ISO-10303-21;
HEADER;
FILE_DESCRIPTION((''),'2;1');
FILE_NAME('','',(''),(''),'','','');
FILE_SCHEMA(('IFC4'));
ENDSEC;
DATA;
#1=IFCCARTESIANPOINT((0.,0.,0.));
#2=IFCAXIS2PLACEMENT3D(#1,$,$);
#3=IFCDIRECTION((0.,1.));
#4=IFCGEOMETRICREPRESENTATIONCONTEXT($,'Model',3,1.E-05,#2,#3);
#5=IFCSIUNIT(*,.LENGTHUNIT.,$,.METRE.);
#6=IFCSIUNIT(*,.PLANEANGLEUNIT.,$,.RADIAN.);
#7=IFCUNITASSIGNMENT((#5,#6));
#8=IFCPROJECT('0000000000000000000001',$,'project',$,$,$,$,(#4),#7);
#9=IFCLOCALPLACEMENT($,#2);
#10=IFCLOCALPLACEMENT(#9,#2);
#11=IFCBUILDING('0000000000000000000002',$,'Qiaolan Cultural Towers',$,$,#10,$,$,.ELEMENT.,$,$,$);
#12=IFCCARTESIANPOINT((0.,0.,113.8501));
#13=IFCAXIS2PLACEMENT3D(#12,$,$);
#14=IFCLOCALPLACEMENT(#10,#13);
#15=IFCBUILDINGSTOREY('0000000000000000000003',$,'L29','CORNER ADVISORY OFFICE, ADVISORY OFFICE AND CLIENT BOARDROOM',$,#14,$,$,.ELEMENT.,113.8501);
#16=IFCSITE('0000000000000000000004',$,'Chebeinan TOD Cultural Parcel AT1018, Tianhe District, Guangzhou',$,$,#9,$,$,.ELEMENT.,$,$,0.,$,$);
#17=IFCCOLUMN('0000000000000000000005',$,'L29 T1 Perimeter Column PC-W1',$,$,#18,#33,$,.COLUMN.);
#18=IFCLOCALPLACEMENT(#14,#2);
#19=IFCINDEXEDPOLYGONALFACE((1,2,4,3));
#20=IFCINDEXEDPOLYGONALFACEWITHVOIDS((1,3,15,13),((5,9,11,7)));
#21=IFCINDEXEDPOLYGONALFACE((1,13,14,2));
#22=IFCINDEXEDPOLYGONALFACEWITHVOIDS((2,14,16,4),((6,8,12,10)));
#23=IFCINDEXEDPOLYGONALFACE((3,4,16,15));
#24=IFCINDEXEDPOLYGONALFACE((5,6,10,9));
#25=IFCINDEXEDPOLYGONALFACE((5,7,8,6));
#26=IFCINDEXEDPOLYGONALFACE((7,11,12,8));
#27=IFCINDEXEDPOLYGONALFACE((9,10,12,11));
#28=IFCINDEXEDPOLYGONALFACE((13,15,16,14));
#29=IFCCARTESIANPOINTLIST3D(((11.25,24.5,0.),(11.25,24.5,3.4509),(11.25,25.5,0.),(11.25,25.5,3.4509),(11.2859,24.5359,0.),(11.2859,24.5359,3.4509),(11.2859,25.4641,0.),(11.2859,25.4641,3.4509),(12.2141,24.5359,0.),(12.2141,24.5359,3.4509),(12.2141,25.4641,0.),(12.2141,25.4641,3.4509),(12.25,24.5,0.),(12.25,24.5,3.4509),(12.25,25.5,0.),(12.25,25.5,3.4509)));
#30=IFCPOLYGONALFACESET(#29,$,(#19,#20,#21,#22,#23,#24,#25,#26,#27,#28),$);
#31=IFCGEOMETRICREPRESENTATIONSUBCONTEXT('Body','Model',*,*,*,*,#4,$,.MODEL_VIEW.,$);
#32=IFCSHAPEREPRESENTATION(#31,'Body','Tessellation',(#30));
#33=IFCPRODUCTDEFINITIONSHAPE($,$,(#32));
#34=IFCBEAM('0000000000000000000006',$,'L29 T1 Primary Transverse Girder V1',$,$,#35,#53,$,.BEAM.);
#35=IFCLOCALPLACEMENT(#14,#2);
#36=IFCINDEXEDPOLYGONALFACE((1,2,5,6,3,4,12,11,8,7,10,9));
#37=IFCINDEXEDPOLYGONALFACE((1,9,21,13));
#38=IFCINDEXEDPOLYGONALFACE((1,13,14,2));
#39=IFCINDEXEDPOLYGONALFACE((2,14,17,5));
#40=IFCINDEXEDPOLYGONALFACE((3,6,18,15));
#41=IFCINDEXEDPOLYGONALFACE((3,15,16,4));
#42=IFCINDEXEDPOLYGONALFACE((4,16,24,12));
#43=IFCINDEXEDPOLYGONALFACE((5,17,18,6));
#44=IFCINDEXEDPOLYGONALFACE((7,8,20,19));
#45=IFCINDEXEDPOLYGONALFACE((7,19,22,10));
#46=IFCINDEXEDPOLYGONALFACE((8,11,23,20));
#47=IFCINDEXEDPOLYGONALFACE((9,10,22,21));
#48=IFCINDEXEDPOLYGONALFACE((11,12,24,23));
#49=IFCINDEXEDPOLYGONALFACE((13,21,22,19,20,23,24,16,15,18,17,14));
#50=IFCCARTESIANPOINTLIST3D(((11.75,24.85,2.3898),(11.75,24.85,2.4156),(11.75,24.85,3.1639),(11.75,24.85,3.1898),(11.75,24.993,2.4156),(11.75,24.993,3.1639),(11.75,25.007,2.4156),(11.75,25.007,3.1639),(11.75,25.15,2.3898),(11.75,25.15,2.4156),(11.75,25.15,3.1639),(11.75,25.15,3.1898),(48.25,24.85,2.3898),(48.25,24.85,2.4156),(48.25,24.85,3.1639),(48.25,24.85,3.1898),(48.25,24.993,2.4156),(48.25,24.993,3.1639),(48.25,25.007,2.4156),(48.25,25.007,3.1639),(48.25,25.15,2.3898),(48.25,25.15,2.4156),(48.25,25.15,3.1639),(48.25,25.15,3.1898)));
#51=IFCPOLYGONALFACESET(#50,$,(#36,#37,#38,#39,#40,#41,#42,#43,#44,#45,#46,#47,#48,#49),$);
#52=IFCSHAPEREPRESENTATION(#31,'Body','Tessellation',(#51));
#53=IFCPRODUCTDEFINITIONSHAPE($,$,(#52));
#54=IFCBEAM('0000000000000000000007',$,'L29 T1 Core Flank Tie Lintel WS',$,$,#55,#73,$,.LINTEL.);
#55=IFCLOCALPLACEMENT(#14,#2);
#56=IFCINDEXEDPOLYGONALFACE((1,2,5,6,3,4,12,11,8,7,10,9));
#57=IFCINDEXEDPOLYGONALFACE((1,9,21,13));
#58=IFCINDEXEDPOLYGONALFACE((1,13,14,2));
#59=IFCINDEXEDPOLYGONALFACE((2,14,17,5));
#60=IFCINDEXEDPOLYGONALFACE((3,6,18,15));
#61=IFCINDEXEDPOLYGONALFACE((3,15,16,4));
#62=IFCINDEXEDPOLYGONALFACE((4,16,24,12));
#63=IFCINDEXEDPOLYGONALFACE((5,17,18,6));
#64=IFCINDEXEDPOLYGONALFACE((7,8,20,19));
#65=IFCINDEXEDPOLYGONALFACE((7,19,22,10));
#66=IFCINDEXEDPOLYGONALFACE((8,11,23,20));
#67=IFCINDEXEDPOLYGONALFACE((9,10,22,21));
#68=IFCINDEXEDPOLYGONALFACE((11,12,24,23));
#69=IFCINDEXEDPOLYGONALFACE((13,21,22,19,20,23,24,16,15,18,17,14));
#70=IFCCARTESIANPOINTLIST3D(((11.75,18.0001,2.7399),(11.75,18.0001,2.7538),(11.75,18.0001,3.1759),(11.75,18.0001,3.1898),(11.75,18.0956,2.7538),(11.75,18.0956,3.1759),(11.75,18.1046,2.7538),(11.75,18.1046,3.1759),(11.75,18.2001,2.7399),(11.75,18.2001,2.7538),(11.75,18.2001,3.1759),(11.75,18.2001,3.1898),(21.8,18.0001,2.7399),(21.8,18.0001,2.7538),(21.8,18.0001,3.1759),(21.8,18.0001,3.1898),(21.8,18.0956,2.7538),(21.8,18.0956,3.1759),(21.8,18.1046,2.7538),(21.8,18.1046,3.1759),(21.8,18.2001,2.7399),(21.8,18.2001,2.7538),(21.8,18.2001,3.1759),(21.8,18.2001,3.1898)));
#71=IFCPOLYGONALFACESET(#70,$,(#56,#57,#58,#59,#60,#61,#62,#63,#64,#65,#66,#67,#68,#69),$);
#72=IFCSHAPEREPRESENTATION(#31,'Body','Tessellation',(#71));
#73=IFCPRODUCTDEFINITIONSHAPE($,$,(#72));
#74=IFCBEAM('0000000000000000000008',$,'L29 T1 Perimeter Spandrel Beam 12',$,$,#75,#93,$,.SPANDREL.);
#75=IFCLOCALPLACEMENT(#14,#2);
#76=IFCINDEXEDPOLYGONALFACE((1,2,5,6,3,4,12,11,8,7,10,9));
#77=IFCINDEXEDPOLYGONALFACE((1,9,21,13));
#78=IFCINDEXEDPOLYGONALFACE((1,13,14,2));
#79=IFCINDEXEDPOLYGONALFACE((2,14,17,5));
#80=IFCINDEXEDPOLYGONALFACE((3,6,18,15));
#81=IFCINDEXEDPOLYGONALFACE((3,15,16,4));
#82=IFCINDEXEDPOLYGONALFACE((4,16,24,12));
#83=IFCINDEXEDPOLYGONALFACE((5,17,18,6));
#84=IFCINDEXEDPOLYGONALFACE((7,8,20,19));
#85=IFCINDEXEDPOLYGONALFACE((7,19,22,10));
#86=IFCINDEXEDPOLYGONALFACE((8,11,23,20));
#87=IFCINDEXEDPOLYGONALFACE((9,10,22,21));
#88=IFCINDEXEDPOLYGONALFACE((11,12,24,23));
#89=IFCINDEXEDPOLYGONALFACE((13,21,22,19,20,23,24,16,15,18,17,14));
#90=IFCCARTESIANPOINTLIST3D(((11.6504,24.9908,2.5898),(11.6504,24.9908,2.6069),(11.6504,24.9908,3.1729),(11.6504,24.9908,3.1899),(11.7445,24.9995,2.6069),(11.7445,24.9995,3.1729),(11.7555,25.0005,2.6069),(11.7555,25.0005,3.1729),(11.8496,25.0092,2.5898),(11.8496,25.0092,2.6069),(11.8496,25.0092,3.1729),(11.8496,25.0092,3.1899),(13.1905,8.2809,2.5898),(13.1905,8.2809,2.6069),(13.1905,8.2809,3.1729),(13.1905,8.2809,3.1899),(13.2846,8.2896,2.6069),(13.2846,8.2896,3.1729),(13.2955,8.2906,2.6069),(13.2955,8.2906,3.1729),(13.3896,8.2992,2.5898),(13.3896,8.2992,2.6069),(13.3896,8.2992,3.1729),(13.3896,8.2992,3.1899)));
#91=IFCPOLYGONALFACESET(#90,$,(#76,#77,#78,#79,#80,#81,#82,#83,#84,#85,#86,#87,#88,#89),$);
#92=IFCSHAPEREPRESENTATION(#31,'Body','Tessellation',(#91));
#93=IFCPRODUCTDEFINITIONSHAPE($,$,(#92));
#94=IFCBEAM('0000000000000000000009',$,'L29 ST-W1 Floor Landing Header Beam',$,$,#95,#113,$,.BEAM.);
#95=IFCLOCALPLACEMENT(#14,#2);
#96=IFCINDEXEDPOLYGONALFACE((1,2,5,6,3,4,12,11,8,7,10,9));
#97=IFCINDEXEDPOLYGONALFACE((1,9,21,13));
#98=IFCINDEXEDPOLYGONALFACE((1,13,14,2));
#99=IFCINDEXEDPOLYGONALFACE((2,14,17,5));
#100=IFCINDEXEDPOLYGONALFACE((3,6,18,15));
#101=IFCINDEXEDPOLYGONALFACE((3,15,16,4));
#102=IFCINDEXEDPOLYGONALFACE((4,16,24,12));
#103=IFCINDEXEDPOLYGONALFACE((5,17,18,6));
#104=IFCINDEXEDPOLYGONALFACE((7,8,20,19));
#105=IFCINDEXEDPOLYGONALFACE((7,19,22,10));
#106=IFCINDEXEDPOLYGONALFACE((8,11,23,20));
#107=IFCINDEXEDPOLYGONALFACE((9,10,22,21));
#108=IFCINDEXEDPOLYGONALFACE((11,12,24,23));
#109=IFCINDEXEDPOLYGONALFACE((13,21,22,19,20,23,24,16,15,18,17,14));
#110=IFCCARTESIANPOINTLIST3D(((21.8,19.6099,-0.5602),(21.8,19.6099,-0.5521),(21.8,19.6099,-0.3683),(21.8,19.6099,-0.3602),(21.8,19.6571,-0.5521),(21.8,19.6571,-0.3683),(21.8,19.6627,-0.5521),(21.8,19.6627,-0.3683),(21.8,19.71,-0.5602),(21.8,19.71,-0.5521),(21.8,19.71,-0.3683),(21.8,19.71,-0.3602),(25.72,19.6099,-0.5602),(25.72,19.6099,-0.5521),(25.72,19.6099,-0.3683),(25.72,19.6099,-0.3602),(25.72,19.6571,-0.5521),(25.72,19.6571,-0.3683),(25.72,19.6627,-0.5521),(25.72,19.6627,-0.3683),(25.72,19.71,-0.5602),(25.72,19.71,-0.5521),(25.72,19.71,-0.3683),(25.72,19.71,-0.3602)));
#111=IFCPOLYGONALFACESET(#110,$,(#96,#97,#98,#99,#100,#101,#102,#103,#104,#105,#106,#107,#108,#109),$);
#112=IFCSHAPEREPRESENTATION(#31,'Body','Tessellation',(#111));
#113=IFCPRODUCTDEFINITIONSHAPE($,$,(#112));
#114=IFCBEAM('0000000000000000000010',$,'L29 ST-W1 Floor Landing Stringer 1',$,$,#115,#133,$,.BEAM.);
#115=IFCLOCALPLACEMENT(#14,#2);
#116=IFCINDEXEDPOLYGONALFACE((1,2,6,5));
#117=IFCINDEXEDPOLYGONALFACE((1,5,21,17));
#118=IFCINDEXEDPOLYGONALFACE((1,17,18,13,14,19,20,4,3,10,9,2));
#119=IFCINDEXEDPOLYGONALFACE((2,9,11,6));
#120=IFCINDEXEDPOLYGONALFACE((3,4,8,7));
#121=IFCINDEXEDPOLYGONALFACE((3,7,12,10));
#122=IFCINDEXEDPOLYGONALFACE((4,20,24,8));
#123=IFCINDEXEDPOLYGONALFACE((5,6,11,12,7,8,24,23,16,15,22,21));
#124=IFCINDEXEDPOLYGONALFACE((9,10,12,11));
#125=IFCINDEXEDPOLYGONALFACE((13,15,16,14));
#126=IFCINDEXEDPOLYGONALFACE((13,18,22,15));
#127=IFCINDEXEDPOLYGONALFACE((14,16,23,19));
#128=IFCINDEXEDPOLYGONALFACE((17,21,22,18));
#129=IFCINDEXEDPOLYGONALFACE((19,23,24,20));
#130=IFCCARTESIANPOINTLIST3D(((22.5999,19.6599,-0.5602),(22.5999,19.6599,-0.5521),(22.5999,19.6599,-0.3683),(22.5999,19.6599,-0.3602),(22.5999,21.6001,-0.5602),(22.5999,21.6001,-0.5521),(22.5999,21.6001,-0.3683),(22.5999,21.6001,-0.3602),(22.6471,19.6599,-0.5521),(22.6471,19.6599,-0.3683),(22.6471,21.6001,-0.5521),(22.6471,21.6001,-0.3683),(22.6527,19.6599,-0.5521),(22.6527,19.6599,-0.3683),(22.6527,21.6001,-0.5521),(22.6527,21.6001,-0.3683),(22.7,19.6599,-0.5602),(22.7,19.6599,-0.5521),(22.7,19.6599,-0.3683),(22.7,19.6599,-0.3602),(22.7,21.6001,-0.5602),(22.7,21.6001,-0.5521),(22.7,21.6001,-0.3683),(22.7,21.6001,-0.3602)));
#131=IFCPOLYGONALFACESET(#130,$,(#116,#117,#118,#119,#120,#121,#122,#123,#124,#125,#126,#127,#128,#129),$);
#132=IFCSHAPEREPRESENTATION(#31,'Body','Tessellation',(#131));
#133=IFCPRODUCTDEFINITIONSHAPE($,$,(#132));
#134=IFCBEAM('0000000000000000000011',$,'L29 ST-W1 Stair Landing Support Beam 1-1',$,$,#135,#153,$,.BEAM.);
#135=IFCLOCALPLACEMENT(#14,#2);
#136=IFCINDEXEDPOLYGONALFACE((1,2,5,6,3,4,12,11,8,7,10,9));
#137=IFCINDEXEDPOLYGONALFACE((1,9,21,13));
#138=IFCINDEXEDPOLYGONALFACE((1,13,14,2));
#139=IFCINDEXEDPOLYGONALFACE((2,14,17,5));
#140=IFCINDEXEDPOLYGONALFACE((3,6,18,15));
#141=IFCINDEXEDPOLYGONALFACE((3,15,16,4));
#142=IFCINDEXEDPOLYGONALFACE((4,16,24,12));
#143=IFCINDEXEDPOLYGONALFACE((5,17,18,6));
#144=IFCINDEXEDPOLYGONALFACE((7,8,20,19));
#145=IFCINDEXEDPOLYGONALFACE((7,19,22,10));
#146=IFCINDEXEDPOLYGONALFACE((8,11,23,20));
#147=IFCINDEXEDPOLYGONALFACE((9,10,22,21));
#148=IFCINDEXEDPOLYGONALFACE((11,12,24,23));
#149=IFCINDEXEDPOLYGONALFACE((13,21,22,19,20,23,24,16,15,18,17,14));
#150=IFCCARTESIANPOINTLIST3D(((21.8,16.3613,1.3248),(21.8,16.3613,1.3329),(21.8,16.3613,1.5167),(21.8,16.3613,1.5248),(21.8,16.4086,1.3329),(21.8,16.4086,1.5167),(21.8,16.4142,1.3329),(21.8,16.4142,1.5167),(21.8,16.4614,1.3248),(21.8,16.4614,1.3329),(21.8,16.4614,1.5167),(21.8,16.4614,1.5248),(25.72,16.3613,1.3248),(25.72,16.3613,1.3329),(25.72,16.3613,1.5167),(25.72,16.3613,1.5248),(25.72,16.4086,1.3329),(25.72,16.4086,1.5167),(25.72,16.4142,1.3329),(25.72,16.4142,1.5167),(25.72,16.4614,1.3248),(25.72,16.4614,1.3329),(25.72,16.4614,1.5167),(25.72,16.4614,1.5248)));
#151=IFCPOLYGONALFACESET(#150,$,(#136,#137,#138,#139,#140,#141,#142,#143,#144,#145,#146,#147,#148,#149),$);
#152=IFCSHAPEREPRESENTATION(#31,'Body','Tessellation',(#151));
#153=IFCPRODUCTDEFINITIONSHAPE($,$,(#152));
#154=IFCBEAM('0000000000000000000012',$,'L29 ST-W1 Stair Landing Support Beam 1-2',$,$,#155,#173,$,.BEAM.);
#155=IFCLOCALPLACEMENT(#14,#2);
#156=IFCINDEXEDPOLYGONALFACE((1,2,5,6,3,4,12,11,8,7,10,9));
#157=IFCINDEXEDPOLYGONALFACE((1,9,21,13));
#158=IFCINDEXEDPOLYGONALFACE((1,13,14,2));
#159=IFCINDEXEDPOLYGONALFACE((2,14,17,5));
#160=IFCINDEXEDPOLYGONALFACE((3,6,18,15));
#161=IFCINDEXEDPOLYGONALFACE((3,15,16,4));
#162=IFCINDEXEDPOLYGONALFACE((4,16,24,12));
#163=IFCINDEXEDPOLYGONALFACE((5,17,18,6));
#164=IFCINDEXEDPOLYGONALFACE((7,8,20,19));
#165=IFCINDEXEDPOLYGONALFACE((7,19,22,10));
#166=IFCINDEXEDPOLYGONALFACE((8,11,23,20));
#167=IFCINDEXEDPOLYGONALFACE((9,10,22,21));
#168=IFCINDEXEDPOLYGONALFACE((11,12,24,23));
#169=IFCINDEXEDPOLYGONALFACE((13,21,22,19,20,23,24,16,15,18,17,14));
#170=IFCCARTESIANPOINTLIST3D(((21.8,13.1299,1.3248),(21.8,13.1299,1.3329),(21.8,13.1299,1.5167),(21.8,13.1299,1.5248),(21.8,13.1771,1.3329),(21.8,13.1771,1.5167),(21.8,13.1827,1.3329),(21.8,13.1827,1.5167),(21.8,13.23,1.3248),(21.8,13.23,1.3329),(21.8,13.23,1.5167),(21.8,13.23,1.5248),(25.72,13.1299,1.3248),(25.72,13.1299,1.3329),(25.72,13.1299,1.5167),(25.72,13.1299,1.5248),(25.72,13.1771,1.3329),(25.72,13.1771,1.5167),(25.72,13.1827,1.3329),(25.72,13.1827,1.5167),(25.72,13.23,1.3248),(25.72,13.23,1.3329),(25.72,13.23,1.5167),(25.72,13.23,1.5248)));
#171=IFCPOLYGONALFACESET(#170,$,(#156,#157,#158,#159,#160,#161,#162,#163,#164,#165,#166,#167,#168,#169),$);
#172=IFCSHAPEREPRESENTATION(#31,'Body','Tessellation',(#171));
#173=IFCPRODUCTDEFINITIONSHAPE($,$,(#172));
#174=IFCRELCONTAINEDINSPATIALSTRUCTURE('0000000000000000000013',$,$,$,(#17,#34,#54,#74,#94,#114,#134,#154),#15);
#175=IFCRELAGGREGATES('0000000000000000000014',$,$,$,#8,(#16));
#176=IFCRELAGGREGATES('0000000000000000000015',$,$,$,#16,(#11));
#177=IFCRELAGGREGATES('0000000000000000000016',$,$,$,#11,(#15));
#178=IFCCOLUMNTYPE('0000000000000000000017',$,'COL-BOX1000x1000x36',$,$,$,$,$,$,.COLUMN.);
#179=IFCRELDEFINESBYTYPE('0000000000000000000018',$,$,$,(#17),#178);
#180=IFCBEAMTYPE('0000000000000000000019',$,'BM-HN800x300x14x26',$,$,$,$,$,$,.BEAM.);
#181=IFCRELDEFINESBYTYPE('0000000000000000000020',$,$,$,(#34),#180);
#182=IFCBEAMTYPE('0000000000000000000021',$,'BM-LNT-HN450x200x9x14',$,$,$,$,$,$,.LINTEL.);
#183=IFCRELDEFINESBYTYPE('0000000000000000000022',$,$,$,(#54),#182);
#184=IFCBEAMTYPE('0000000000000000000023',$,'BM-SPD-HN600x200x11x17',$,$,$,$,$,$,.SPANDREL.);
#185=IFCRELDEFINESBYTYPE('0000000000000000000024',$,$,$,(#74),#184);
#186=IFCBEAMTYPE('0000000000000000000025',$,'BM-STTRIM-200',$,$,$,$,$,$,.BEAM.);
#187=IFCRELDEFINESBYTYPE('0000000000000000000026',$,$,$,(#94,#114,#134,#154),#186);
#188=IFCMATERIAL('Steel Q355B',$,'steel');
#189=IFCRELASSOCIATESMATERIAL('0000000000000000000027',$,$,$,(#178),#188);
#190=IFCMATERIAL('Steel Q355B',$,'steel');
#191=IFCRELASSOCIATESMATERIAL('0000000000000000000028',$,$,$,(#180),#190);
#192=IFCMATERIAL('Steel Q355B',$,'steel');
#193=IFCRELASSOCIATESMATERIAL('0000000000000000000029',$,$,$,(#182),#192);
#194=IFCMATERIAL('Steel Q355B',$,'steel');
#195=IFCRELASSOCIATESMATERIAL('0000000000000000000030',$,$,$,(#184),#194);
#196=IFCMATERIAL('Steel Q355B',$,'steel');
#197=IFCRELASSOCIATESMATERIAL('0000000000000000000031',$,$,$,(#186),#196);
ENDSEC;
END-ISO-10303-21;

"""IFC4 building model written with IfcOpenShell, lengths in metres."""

from ifc_helpers import new_model, si_unit, direction, frame, origin, origin_2d, place, context, subcontext, project, spatial, hollow_rectangle, i_section, extrude, material, material_profile, profile_set, type_object, element, save


model = new_model("IFC4")

# Units and contexts
model_context = context("Model", 3, precision=1e-05, world=origin(), true_north=direction((0.0, 1.0)))
body_context = subcontext(model_context, "Body", "Model", "MODEL_VIEW")
ifc_project = project(units=[si_unit("LENGTHUNIT", "METRE"), si_unit("PLANEANGLEUNIT", "RADIAN")], contexts=[model_context])

# Site, building, storey
site_placement = place(None, origin())
site = spatial("IfcSite", under=ifc_project, at=site_placement, Name="Chebeinan TOD Cultural Parcel AT1018, Tianhe District, Guangzhou", CompositionType="ELEMENT", RefElevation=0.0)
building_placement = place(site_placement, origin())
building = spatial("IfcBuilding", under=site, at=building_placement, Name="Qiaolan Cultural Towers", CompositionType="ELEMENT")
storey_placement = place(building_placement, frame((0.0, 0.0, 113.8501)))
storey = spatial("IfcBuildingStorey", under=building, at=storey_placement, Name="L29", Description="CORNER ADVISORY OFFICE, ADVISORY OFFICE AND CLIENT BOARDROOM", CompositionType="ELEMENT", Elevation=113.8501)

# Column
ifc_material_1 = material(Name="Steel Q355B", Category="steel")
ifc_material_profile_1 = material_profile(ifc_material_1, hollow_rectangle(XDim=1.0, YDim=1.0, WallThickness=0.0359, at=origin_2d()), Name="BOX1000x1000x36")
ifc_profile_set_1 = profile_set([ifc_material_profile_1], Name="Steel Q355B")
column_type = type_object("IfcColumnType", Name="COL-BOX1000x1000x36", PredefinedType="COLUMN", material=ifc_profile_set_1)
column_placement = place(storey_placement, frame((11.75, 25.0, 0.0), z_axis=(0.0, 0.0, 1.0), x_axis=(1.0, 0.0, 0.0)))
element("IfcColumn", 1, at=column_placement, inside=storey, type_object=column_type, Name="L29 T1 Perimeter Column PC-W1", PredefinedType="COLUMN", context=body_context, shape_type="SweptSolid", body=[
    extrude(hollow_rectangle(XDim=1.0, YDim=1.0, WallThickness=0.0359, at=origin_2d()), origin(), (0.0, 0.0, 1.0), 3.4509),
])

# Beams
ifc_material_2 = material(Name="Steel Q355B", Category="steel")
ifc_material_profile_2 = material_profile(ifc_material_2, i_section(OverallWidth=0.3, OverallDepth=0.8, WebThickness=0.0139, FlangeThickness=0.0259, at=origin_2d()), Name="HN800x300x14x26")
ifc_profile_set_2 = profile_set([ifc_material_profile_2], Name="Steel Q355B")
beam_type_1 = type_object("IfcBeamType", Name="BM-HN800x300x14x26", PredefinedType="BEAM", material=ifc_profile_set_2)
beam_1_placement = place(storey_placement, frame((11.75, 25.0, 2.7898), z_axis=(1.0, 0.0, 0.0), x_axis=(0.0, 1.0, 0.0)))
element("IfcBeam", 2, at=beam_1_placement, inside=storey, type_object=beam_type_1, Name="L29 T1 Primary Transverse Girder V1", PredefinedType="BEAM", context=body_context, shape_type="SweptSolid", body=[
    extrude(i_section(OverallWidth=0.3, OverallDepth=0.8, WebThickness=0.0139, FlangeThickness=0.0259, at=origin_2d()), origin(), (0.0, 0.0, 1.0), 36.5),
])
ifc_material_3 = material(Name="Steel Q355B", Category="steel")
ifc_material_profile_3 = material_profile(ifc_material_3, i_section(OverallWidth=0.2, OverallDepth=0.45, WebThickness=0.009, FlangeThickness=0.0139, at=origin_2d()), Name="HN450x200x9x14")
ifc_profile_set_3 = profile_set([ifc_material_profile_3], Name="Steel Q355B")
beam_type_2 = type_object("IfcBeamType", Name="BM-LNT-HN450x200x9x14", PredefinedType="LINTEL", material=ifc_profile_set_3)
beam_2_placement = place(storey_placement, frame((21.8, 18.1001, 2.9648), z_axis=(-1.0, 0.0, 0.0), x_axis=(0.0, -1.0, 0.0)))
element("IfcBeam", 3, at=beam_2_placement, inside=storey, type_object=beam_type_2, Name="L29 T1 Core Flank Tie Lintel WS", PredefinedType="LINTEL", context=body_context, shape_type="SweptSolid", body=[
    extrude(i_section(OverallWidth=0.2, OverallDepth=0.45, WebThickness=0.009, FlangeThickness=0.0139, at=origin_2d()), origin(), (0.0, 0.0, 1.0), 10.05),
])
ifc_material_4 = material(Name="Steel Q355B", Category="steel")
ifc_material_profile_4 = material_profile(ifc_material_4, i_section(OverallWidth=0.2, OverallDepth=0.6001, WebThickness=0.011, FlangeThickness=0.0171, at=origin_2d()), Name="HN600x200x11x17")
ifc_profile_set_4 = profile_set([ifc_material_profile_4], Name="Steel Q355B")
beam_type_3 = type_object("IfcBeamType", Name="BM-SPD-HN600x200x11x17", PredefinedType="SPANDREL", material=ifc_profile_set_4)
beam_3_placement = place(storey_placement, frame((11.75, 25.0, 2.8899), z_axis=(0.091774, -0.99578, 0.0), x_axis=(0.99578, 0.091774, 0.0)))
element("IfcBeam", 4, at=beam_3_placement, inside=storey, type_object=beam_type_3, Name="L29 T1 Perimeter Spandrel Beam 12", PredefinedType="SPANDREL", context=body_context, shape_type="SweptSolid", body=[
    extrude(i_section(OverallWidth=0.2, OverallDepth=0.6001, WebThickness=0.011, FlangeThickness=0.0171, at=origin_2d()), origin(), (0.0, 0.0, 1.0), 16.7808),
])
ifc_material_5 = material(Name="Steel Q355B", Category="steel")
ifc_material_profile_5 = material_profile(ifc_material_5, i_section(OverallWidth=0.1001, OverallDepth=0.2, WebThickness=0.0056, FlangeThickness=0.0081, at=origin_2d()), Name="HN200x100x5.5x8")
ifc_profile_set_5 = profile_set([ifc_material_profile_5], Name="Steel Q355B")
beam_type_4 = type_object("IfcBeamType", Name="BM-STTRIM-200", PredefinedType="BEAM", material=ifc_profile_set_5)
beam_4_placement = place(storey_placement, frame((21.8, 19.6599, -0.4602), z_axis=(1.0, 0.0, 0.0), x_axis=(0.0, 1.0, 0.0)))
element("IfcBeam", 5, at=beam_4_placement, inside=storey, type_object=beam_type_4, Name="L29 ST-W1 Floor Landing Header Beam", PredefinedType="BEAM", context=body_context, shape_type="SweptSolid", body=[
    extrude(i_section(OverallWidth=0.1001, OverallDepth=0.2, WebThickness=0.0056, FlangeThickness=0.0081, at=origin_2d()), origin(), (0.0, 0.0, 1.0), 3.9199),
])
beam_5_placement = place(storey_placement, frame((22.6499, 21.6001, -0.4602), z_axis=(0.0, -1.0, 0.0), x_axis=(1.0, 0.0, 0.0)))
element("IfcBeam", 6, at=beam_5_placement, inside=storey, type_object=beam_type_4, Name="L29 ST-W1 Floor Landing Stringer 1", PredefinedType="BEAM", context=body_context, shape_type="SweptSolid", body=[
    extrude(i_section(OverallWidth=0.1001, OverallDepth=0.2, WebThickness=0.0056, FlangeThickness=0.0081, at=origin_2d()), origin(), (0.0, 0.0, 1.0), 1.9402),
])
for number, where, z_axis, x_axis, name in (
    (7, (21.8, 16.4114, 1.4248), (1.0, 0.0, 0.0), (0.0, 1.0, 0.0), "L29 ST-W1 Stair Landing Support Beam 1-1"),
    (8, (21.8, 13.1799, 1.4248), (1.0, 0.0, 0.0), (0.0, 1.0, 0.0), "L29 ST-W1 Stair Landing Support Beam 1-2"),
):
    element("IfcBeam", number, at=place(storey_placement, frame(where, z_axis=z_axis, x_axis=x_axis)), inside=storey, type_object=beam_type_4, Name=name, PredefinedType="BEAM", context=body_context, shape_type="SweptSolid", body=[
        extrude(i_section(OverallWidth=0.1001, OverallDepth=0.2, WebThickness=0.0056, FlangeThickness=0.0081, at=origin_2d()), origin(), (0.0, 0.0, 1.0), 3.9199),
    ])

save(model, "model.ifc")
